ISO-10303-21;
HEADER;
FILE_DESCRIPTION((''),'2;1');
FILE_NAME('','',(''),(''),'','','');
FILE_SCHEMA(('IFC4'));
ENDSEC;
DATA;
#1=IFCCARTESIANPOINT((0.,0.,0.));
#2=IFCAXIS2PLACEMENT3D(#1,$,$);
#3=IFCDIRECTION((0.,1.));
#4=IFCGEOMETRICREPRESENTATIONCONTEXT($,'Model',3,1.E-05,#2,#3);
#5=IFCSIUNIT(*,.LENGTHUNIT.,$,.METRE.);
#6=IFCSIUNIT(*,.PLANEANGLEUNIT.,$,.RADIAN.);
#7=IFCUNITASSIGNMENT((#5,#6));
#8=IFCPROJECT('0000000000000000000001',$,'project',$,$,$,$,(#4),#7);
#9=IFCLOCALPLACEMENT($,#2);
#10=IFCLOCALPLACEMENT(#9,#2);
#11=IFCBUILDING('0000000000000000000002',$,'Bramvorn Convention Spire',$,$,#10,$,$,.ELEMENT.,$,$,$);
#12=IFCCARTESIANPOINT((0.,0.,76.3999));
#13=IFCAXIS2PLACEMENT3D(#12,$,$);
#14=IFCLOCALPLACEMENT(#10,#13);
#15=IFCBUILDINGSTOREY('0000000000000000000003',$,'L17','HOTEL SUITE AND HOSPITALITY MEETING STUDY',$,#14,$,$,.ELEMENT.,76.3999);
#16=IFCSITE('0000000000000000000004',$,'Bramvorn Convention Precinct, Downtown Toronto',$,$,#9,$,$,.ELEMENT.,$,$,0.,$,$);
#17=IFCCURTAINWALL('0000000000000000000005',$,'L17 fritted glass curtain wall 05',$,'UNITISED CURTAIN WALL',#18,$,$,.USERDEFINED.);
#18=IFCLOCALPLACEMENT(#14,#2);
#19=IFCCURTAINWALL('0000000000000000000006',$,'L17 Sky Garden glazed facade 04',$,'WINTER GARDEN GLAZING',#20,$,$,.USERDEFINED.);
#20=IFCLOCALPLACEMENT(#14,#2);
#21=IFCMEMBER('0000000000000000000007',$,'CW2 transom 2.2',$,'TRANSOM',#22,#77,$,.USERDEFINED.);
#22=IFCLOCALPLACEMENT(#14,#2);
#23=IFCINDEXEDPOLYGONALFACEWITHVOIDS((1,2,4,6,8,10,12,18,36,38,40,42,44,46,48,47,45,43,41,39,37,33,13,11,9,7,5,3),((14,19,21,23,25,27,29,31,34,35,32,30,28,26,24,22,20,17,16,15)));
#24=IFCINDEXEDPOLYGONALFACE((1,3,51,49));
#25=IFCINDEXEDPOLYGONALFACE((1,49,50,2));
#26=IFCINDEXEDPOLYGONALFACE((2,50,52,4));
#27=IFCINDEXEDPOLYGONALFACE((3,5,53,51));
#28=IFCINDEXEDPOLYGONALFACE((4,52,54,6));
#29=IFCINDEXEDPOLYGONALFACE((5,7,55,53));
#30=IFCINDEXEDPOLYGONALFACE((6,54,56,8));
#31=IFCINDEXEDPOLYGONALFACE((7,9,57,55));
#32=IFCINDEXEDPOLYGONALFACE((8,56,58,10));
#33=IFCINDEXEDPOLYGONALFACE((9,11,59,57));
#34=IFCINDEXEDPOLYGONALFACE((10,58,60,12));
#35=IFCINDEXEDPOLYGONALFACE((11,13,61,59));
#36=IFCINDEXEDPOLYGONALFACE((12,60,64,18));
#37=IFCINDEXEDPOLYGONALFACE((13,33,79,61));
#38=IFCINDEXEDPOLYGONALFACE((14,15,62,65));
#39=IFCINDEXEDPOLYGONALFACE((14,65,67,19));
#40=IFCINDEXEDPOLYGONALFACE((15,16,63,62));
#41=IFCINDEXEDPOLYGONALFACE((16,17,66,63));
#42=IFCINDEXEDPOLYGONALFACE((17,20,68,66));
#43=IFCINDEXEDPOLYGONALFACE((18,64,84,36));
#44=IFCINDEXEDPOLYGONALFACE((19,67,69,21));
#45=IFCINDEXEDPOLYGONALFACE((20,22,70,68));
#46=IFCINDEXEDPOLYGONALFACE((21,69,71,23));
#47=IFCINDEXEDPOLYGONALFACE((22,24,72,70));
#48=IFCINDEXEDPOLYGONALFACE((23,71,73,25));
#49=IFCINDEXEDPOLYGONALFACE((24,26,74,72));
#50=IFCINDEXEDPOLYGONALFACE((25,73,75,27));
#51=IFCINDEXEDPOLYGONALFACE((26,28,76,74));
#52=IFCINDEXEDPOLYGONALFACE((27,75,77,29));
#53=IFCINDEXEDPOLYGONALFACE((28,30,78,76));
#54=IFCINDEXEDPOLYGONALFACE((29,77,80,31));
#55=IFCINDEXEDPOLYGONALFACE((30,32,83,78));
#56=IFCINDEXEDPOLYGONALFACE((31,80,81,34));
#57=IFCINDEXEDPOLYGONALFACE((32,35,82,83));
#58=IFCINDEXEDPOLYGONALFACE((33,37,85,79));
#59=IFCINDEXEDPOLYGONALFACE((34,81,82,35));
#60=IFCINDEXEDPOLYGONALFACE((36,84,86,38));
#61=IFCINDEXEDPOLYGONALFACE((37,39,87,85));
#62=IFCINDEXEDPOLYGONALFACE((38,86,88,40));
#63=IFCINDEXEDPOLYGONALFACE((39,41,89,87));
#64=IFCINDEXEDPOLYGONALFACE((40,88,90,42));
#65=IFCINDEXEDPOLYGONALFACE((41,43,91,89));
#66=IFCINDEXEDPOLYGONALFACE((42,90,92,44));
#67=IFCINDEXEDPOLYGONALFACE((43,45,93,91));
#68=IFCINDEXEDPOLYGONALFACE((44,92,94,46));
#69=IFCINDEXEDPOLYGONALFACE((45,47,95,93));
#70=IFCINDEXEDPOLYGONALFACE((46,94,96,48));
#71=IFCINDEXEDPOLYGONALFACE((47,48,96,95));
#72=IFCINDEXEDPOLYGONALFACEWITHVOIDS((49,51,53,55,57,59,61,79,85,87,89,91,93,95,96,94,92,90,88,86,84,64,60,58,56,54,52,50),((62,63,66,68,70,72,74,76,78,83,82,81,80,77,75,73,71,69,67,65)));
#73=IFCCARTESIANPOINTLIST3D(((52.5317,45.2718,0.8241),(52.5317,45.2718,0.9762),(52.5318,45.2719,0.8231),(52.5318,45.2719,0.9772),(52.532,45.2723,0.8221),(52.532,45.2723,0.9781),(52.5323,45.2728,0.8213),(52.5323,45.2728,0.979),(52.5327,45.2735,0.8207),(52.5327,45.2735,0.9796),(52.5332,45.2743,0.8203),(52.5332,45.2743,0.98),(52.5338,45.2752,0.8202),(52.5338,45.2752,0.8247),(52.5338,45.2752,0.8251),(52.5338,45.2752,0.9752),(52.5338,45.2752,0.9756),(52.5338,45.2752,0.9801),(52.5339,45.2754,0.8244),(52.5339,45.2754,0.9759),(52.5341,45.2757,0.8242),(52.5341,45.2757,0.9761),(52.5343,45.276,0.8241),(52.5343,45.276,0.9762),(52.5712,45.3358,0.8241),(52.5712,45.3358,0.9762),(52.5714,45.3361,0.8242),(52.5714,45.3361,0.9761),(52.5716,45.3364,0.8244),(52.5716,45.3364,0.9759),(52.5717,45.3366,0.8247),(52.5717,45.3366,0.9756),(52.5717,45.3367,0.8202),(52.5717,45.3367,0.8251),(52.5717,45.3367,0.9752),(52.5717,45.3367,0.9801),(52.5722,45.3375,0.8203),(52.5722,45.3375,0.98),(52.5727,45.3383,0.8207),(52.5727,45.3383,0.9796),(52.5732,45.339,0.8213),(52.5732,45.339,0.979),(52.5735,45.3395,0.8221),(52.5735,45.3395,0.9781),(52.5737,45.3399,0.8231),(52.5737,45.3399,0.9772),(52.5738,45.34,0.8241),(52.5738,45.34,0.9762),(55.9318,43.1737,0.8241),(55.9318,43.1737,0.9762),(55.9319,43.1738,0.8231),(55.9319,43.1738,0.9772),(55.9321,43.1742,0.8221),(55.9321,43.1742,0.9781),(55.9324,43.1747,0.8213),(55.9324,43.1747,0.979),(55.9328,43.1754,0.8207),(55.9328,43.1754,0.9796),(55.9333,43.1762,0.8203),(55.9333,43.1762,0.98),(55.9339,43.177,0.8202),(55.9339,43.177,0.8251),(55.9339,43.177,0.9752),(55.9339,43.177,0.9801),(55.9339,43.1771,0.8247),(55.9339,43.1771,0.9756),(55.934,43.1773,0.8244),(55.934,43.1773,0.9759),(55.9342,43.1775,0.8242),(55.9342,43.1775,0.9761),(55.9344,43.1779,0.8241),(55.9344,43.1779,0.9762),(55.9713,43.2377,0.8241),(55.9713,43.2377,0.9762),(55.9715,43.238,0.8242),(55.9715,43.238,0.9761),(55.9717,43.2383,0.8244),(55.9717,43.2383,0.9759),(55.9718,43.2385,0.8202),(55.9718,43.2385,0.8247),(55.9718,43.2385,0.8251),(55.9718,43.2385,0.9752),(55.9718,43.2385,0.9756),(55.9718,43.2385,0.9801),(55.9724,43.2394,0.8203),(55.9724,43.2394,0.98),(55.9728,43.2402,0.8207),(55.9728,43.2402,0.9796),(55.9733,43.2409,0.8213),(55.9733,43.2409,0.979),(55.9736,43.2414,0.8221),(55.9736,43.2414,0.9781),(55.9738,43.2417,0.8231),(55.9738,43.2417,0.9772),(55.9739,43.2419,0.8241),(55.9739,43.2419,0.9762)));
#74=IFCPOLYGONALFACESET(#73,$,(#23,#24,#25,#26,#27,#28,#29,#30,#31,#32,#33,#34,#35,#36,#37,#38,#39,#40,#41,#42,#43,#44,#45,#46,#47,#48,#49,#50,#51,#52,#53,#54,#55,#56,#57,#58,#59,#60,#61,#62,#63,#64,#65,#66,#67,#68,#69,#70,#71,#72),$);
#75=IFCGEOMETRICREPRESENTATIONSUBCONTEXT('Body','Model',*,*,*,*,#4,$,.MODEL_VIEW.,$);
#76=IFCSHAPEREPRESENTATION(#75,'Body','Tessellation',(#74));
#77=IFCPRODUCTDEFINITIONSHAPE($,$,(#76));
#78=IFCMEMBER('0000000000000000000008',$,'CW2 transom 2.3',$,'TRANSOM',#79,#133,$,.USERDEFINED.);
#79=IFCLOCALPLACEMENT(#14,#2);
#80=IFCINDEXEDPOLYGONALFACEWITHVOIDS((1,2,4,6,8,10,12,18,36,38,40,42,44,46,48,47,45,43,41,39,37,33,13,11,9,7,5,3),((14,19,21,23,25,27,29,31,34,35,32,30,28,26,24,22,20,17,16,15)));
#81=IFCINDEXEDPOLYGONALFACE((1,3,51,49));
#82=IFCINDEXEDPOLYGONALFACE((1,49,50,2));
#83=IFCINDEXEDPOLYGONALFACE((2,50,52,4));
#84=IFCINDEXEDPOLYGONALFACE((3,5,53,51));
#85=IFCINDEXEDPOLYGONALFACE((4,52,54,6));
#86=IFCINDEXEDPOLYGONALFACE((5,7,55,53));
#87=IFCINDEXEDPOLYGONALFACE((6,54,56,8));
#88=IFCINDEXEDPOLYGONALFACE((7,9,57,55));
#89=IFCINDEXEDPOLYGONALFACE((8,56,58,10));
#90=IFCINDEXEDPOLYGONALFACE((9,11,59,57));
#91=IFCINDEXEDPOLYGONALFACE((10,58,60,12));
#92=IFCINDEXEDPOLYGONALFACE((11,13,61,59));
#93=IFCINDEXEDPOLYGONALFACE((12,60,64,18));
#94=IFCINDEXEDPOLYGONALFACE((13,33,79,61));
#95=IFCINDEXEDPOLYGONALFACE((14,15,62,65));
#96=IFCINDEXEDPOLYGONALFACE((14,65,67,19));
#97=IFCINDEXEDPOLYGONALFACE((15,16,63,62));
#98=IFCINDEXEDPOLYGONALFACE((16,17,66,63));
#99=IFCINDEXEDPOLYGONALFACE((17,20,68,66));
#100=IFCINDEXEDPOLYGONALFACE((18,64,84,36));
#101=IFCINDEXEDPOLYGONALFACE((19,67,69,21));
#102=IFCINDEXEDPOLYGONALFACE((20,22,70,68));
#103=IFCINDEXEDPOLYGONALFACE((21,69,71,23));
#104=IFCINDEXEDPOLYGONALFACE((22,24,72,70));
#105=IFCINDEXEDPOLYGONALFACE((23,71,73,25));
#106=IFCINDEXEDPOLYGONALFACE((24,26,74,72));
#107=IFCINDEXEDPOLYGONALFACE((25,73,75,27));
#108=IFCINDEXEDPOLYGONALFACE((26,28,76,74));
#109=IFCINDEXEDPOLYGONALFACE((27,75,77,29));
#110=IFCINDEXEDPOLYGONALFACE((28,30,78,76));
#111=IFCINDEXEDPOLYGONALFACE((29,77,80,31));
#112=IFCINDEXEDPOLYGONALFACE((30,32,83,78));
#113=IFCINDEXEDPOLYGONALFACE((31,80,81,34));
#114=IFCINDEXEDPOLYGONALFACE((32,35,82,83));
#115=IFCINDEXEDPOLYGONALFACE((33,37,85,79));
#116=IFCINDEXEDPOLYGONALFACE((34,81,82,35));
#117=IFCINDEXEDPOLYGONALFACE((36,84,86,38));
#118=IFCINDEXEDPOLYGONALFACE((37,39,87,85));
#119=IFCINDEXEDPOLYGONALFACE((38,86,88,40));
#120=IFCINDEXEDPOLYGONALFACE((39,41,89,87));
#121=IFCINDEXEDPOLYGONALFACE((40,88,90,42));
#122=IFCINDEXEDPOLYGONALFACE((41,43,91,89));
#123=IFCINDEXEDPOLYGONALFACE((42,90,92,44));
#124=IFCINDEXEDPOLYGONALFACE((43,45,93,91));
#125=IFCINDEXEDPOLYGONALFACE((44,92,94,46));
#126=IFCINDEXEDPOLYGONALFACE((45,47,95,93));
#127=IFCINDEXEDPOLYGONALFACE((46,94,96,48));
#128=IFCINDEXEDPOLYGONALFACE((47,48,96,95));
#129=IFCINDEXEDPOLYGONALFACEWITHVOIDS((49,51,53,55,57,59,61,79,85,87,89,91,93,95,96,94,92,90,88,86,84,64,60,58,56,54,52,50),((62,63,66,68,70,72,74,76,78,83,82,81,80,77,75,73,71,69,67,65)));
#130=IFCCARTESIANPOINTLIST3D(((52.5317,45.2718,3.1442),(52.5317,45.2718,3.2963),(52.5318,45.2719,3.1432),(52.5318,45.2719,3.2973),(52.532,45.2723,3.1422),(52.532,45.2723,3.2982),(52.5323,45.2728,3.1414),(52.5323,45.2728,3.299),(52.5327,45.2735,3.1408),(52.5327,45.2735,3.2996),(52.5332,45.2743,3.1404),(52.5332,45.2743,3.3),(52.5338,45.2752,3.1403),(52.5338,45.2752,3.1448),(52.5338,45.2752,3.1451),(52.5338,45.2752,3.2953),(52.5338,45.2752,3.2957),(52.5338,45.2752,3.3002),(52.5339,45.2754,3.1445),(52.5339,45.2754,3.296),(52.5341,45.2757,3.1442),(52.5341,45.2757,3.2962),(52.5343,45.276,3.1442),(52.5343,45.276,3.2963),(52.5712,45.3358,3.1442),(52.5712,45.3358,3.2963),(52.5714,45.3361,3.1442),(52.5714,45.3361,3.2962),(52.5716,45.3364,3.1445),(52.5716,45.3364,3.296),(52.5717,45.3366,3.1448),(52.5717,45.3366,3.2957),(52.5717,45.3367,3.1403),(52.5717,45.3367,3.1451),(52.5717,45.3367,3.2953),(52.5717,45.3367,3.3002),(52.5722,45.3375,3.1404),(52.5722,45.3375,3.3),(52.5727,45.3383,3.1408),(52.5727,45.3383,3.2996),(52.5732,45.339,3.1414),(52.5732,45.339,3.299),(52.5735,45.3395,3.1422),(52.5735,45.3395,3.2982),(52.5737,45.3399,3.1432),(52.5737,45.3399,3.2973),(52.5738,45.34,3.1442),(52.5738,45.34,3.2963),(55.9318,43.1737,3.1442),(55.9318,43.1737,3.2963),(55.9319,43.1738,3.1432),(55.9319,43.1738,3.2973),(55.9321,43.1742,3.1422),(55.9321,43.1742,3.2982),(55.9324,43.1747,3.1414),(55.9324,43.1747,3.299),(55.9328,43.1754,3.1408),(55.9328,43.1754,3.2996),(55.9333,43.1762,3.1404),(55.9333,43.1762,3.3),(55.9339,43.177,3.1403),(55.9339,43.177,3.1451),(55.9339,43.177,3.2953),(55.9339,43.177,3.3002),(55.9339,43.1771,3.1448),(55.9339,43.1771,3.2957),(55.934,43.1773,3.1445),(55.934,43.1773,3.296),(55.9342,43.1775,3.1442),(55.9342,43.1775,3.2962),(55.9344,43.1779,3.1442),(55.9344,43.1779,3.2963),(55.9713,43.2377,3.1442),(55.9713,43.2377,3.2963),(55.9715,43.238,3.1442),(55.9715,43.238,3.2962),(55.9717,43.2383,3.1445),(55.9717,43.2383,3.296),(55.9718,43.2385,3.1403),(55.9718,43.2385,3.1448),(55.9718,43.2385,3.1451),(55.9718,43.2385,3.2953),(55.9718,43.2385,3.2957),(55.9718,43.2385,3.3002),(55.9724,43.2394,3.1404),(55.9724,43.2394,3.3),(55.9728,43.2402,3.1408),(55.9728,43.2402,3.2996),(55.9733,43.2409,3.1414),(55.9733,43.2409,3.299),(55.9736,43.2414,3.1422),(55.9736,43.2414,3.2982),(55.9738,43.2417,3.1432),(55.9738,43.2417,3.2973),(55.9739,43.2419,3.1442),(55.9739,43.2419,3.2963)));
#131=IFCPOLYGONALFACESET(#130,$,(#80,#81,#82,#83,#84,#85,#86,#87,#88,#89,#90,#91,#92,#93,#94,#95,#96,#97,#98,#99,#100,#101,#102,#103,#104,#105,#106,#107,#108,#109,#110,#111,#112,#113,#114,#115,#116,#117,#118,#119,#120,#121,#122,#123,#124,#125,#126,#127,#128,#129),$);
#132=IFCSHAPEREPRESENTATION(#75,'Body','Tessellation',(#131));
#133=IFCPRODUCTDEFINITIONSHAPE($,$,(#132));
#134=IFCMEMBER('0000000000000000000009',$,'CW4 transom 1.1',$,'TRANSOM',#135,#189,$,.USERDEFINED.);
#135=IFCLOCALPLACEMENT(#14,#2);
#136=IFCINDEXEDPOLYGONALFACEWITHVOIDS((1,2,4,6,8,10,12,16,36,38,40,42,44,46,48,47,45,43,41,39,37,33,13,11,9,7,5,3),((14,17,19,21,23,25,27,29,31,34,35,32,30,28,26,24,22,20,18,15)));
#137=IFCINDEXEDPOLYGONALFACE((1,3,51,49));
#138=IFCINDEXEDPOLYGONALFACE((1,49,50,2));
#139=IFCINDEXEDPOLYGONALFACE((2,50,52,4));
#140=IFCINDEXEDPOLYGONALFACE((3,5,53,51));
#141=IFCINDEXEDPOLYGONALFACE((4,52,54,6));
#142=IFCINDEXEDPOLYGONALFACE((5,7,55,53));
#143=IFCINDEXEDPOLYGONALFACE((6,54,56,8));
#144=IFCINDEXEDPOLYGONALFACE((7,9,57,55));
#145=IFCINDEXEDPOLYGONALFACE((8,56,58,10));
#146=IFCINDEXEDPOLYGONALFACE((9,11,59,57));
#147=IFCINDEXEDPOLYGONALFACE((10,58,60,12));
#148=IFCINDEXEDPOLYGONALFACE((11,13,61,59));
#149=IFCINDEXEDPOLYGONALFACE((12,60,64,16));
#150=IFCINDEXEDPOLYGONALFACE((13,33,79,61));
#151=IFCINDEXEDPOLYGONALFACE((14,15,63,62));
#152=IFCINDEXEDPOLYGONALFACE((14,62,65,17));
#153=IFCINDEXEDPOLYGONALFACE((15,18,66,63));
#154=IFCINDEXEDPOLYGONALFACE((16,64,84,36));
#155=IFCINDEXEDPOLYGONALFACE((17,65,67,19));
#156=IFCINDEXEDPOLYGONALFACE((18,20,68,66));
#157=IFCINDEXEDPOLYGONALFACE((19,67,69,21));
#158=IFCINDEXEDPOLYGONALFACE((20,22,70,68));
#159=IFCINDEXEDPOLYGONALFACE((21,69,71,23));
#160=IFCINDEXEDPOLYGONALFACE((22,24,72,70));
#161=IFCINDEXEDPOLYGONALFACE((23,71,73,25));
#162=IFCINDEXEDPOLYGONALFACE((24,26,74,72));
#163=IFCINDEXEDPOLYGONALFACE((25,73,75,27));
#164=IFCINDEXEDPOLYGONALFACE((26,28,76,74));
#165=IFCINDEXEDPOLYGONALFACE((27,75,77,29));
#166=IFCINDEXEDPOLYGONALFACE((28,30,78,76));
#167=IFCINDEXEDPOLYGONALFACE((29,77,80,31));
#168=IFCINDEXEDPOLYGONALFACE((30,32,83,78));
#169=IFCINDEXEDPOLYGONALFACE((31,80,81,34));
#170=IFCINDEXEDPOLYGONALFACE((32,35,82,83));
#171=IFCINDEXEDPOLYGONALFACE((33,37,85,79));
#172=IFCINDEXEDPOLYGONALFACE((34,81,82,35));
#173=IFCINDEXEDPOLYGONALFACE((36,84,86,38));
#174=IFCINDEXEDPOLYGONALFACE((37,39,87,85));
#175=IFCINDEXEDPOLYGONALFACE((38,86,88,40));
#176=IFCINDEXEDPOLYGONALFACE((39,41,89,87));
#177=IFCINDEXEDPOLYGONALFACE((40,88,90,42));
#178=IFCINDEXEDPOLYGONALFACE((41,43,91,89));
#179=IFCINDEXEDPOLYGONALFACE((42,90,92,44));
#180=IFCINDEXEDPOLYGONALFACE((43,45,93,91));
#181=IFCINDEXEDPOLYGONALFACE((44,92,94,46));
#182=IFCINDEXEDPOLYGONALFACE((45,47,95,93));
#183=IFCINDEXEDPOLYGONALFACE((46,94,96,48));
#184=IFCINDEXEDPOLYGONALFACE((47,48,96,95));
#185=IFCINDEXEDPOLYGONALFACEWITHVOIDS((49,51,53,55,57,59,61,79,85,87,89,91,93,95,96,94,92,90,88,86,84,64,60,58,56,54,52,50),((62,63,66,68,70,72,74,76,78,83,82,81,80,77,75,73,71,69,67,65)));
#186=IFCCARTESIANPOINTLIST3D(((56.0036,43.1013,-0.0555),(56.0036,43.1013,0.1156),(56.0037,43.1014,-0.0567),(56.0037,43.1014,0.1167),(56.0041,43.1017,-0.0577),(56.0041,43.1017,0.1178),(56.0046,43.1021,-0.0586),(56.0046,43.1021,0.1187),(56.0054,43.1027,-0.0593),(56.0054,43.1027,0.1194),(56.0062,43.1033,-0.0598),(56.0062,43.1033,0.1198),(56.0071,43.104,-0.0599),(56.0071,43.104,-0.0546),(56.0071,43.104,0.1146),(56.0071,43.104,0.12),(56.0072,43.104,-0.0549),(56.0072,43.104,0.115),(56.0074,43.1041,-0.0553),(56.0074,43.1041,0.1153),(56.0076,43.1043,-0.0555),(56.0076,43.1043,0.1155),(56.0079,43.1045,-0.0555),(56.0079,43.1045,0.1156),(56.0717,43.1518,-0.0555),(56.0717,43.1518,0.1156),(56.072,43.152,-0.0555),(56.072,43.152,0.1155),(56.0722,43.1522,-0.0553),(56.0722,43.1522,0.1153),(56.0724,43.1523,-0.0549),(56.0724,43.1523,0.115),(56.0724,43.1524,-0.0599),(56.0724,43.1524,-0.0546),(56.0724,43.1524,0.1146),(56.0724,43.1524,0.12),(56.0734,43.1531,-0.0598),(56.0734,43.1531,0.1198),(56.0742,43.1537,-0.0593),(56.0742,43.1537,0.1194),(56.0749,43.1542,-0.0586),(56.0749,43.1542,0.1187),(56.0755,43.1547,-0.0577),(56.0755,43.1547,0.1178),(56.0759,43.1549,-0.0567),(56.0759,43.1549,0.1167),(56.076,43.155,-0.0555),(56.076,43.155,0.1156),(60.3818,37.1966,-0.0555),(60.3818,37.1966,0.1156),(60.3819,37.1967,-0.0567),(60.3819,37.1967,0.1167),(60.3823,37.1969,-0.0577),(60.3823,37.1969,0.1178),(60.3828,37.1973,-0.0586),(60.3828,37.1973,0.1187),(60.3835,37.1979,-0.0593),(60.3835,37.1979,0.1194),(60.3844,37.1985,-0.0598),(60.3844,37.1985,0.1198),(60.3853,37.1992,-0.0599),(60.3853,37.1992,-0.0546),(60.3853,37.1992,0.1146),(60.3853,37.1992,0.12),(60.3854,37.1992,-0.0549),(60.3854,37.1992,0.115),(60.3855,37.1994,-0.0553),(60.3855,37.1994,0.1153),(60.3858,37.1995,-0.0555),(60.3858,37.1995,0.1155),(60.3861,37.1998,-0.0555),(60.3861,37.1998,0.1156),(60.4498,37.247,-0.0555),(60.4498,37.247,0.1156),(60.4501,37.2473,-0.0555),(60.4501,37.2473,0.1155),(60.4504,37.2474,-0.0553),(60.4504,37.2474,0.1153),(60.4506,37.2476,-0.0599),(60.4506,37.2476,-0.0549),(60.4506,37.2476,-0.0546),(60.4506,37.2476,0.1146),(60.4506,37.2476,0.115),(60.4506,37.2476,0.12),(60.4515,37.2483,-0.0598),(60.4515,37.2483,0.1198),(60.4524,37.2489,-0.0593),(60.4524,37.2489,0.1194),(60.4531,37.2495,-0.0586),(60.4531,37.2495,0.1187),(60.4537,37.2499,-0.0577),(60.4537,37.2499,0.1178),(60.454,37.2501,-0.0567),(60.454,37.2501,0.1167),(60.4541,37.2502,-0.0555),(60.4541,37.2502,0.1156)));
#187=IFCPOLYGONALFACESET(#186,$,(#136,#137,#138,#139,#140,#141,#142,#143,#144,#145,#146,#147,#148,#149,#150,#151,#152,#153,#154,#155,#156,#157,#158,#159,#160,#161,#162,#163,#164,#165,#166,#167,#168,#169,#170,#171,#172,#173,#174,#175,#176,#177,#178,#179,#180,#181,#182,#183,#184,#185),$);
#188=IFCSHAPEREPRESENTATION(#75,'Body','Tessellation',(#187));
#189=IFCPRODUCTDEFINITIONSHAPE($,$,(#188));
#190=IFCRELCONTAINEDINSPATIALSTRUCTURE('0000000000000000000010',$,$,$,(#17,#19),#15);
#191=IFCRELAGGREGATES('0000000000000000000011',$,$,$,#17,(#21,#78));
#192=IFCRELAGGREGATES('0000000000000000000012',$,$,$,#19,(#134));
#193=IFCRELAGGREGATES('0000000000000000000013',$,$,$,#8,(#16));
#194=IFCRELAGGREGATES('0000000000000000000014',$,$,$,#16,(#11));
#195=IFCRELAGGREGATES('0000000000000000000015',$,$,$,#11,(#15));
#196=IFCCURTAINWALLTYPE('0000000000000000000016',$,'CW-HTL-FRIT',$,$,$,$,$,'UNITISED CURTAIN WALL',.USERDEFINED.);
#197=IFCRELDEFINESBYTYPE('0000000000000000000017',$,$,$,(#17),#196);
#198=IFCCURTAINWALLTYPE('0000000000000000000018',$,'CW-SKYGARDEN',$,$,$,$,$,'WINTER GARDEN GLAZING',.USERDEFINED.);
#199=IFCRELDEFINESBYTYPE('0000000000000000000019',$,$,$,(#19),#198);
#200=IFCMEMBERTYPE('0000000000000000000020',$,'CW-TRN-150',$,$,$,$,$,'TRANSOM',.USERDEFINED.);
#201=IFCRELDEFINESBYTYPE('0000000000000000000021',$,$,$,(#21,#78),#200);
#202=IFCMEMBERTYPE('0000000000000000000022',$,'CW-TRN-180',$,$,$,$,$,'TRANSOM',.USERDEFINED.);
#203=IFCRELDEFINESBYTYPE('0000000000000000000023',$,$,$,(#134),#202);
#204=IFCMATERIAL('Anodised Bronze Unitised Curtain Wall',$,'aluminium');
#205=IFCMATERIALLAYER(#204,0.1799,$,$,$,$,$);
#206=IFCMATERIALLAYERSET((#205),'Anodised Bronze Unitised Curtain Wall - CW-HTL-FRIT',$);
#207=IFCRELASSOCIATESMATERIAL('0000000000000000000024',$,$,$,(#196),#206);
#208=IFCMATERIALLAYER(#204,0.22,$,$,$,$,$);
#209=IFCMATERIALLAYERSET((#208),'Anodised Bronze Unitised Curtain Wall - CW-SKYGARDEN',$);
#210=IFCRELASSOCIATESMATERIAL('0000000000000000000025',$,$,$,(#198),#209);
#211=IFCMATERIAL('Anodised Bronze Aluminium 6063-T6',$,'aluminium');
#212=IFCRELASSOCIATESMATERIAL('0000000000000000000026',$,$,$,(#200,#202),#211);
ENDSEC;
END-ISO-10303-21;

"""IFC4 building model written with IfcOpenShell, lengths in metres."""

from ifc_helpers import new_model, si_unit, direction, frame, origin, origin_2d, place, context, subcontext, project, spatial, hollow_rectangle, extrude, material, layer, layer_set, material_profile, profile_set, type_object, element, aggregate, save


model = new_model("IFC4")

# Units and contexts
model_context = context("Model", 3, precision=1e-05, world=origin(), true_north=direction((0.0, 1.0)))
body_context = subcontext(model_context, "Body", "Model", "MODEL_VIEW")
ifc_project = project(units=[si_unit("LENGTHUNIT", "METRE"), si_unit("PLANEANGLEUNIT", "RADIAN")], contexts=[model_context])

# Site, building, storey
site_placement = place(None, origin())
site = spatial("IfcSite", under=ifc_project, at=site_placement, Name="Bramvorn Convention Precinct, Downtown Toronto", CompositionType="ELEMENT", RefElevation=0.0)
building_placement = place(site_placement, origin())
building = spatial("IfcBuilding", under=site, at=building_placement, Name="Bramvorn Convention Spire", CompositionType="ELEMENT")
storey_placement = place(building_placement, frame((0.0, 0.0, 76.3999)))
storey = spatial("IfcBuildingStorey", under=building, at=storey_placement, Name="L17", Description="HOTEL SUITE AND HOSPITALITY MEETING STUDY", CompositionType="ELEMENT", Elevation=76.3999)

# Curtain walls
ifc_material_1 = material(Name="Anodised Bronze Unitised Curtain Wall", Category="aluminium")
ifc_layer_1 = layer(ifc_material_1, 0.1799)
ifc_layer_set_1 = layer_set([ifc_layer_1], Name="Anodised Bronze Unitised Curtain Wall - CW-HTL-FRIT")
curtain_wall_type_1 = type_object("IfcCurtainWallType", Name="CW-HTL-FRIT", ElementType="UNITISED CURTAIN WALL", PredefinedType="USERDEFINED", material=ifc_layer_set_1)
curtain_wall_1_placement = place(storey_placement, origin())
curtain_wall_1 = element("IfcCurtainWall", 1, at=curtain_wall_1_placement, inside=storey, type_object=curtain_wall_type_1, Name="L17 fritted glass curtain wall 05", ObjectType="UNITISED CURTAIN WALL", PredefinedType="USERDEFINED")
ifc_material_2 = material(Name="Anodised Bronze Aluminium 6063-T6", Category="aluminium")
ifc_layer_2 = layer(ifc_material_1, 0.22)
ifc_layer_set_2 = layer_set([ifc_layer_2], Name="Anodised Bronze Unitised Curtain Wall - CW-SKYGARDEN")
curtain_wall_type_2 = type_object("IfcCurtainWallType", Name="CW-SKYGARDEN", ElementType="WINTER GARDEN GLAZING", PredefinedType="USERDEFINED", material=ifc_layer_set_2)
curtain_wall_2_placement = place(storey_placement, origin())
curtain_wall_2 = element("IfcCurtainWall", 2, at=curtain_wall_2_placement, inside=storey, type_object=curtain_wall_type_2, Name="L17 Sky Garden glazed facade 04", ObjectType="WINTER GARDEN GLAZING", PredefinedType="USERDEFINED")

# Members
ifc_material_profile_1 = material_profile(ifc_material_2, hollow_rectangle(XDim=0.0801, YDim=0.1599, WallThickness=0.0039, InnerFilletRadius=0.001, OuterFilletRadius=0.0039, at=origin_2d()))
ifc_profile_set_1 = profile_set([ifc_material_profile_1], Name="Anodised Bronze Aluminium 6063-T6 - CWT80X160")
member_type_1 = type_object("IfcMemberType", Name="CW-TRN-150", ElementType="TRANSOM", PredefinedType="USERDEFINED", material=ifc_profile_set_1)
member_1_placement = place(storey_placement, frame((52.5527, 45.3059, 0.9001), z_axis=(0.851016, -0.52514, 0.0), x_axis=(0.52514, 0.851016, 0.0)))
member_1 = element("IfcMember", 3, at=member_1_placement, type_object=member_type_1, Name="CW2 transom 2.2", ObjectType="TRANSOM", PredefinedType="USERDEFINED", context=body_context, shape_type="SweptSolid", body=[
    extrude(hollow_rectangle(XDim=0.0801, YDim=0.1599, WallThickness=0.0039, InnerFilletRadius=0.001, OuterFilletRadius=0.0039, at=origin_2d()), origin(), (0.0, 0.0, 1.0), 3.9954),
])
member_2_placement = place(storey_placement, frame((52.5527, 45.3059, 3.2202), z_axis=(0.851016, -0.52514, 0.0), x_axis=(0.52514, 0.851016, 0.0)))
member_2 = element("IfcMember", 4, at=member_2_placement, type_object=member_type_1, Name="CW2 transom 2.3", ObjectType="TRANSOM", PredefinedType="USERDEFINED", context=body_context, shape_type="SweptSolid", body=[
    extrude(hollow_rectangle(XDim=0.0801, YDim=0.1599, WallThickness=0.0039, InnerFilletRadius=0.001, OuterFilletRadius=0.0039, at=origin_2d()), origin(), (0.0, 0.0, 1.0), 3.9954),
])
ifc_material_profile_2 = material_profile(ifc_material_2, hollow_rectangle(XDim=0.0901, YDim=0.1799, WallThickness=0.0044, InnerFilletRadius=0.001, OuterFilletRadius=0.0044, at=origin_2d()))
ifc_profile_set_2 = profile_set([ifc_material_profile_2], Name="Anodised Bronze Aluminium 6063-T6 - CWT90X180")
member_type_2 = type_object("IfcMemberType", Name="CW-TRN-180", ElementType="TRANSOM", PredefinedType="USERDEFINED", material=ifc_profile_set_2)
member_3_placement = place(storey_placement, frame((56.0398, 43.1282, 0.03), z_axis=(0.595602, -0.80328, 0.0), x_axis=(0.80328, 0.595602, 0.0)))
member_3 = element("IfcMember", 5, at=member_3_placement, type_object=member_type_2, Name="CW4 transom 1.1", ObjectType="TRANSOM", PredefinedType="USERDEFINED", context=body_context, shape_type="SweptSolid", body=[
    extrude(hollow_rectangle(XDim=0.0901, YDim=0.1799, WallThickness=0.0044, InnerFilletRadius=0.001, OuterFilletRadius=0.0044, at=origin_2d()), origin(), (0.0, 0.0, 1.0), 7.3508),
])

aggregate(curtain_wall_1, [member_1, member_2])
aggregate(curtain_wall_2, [member_3])

save(model, "model.ifc")
